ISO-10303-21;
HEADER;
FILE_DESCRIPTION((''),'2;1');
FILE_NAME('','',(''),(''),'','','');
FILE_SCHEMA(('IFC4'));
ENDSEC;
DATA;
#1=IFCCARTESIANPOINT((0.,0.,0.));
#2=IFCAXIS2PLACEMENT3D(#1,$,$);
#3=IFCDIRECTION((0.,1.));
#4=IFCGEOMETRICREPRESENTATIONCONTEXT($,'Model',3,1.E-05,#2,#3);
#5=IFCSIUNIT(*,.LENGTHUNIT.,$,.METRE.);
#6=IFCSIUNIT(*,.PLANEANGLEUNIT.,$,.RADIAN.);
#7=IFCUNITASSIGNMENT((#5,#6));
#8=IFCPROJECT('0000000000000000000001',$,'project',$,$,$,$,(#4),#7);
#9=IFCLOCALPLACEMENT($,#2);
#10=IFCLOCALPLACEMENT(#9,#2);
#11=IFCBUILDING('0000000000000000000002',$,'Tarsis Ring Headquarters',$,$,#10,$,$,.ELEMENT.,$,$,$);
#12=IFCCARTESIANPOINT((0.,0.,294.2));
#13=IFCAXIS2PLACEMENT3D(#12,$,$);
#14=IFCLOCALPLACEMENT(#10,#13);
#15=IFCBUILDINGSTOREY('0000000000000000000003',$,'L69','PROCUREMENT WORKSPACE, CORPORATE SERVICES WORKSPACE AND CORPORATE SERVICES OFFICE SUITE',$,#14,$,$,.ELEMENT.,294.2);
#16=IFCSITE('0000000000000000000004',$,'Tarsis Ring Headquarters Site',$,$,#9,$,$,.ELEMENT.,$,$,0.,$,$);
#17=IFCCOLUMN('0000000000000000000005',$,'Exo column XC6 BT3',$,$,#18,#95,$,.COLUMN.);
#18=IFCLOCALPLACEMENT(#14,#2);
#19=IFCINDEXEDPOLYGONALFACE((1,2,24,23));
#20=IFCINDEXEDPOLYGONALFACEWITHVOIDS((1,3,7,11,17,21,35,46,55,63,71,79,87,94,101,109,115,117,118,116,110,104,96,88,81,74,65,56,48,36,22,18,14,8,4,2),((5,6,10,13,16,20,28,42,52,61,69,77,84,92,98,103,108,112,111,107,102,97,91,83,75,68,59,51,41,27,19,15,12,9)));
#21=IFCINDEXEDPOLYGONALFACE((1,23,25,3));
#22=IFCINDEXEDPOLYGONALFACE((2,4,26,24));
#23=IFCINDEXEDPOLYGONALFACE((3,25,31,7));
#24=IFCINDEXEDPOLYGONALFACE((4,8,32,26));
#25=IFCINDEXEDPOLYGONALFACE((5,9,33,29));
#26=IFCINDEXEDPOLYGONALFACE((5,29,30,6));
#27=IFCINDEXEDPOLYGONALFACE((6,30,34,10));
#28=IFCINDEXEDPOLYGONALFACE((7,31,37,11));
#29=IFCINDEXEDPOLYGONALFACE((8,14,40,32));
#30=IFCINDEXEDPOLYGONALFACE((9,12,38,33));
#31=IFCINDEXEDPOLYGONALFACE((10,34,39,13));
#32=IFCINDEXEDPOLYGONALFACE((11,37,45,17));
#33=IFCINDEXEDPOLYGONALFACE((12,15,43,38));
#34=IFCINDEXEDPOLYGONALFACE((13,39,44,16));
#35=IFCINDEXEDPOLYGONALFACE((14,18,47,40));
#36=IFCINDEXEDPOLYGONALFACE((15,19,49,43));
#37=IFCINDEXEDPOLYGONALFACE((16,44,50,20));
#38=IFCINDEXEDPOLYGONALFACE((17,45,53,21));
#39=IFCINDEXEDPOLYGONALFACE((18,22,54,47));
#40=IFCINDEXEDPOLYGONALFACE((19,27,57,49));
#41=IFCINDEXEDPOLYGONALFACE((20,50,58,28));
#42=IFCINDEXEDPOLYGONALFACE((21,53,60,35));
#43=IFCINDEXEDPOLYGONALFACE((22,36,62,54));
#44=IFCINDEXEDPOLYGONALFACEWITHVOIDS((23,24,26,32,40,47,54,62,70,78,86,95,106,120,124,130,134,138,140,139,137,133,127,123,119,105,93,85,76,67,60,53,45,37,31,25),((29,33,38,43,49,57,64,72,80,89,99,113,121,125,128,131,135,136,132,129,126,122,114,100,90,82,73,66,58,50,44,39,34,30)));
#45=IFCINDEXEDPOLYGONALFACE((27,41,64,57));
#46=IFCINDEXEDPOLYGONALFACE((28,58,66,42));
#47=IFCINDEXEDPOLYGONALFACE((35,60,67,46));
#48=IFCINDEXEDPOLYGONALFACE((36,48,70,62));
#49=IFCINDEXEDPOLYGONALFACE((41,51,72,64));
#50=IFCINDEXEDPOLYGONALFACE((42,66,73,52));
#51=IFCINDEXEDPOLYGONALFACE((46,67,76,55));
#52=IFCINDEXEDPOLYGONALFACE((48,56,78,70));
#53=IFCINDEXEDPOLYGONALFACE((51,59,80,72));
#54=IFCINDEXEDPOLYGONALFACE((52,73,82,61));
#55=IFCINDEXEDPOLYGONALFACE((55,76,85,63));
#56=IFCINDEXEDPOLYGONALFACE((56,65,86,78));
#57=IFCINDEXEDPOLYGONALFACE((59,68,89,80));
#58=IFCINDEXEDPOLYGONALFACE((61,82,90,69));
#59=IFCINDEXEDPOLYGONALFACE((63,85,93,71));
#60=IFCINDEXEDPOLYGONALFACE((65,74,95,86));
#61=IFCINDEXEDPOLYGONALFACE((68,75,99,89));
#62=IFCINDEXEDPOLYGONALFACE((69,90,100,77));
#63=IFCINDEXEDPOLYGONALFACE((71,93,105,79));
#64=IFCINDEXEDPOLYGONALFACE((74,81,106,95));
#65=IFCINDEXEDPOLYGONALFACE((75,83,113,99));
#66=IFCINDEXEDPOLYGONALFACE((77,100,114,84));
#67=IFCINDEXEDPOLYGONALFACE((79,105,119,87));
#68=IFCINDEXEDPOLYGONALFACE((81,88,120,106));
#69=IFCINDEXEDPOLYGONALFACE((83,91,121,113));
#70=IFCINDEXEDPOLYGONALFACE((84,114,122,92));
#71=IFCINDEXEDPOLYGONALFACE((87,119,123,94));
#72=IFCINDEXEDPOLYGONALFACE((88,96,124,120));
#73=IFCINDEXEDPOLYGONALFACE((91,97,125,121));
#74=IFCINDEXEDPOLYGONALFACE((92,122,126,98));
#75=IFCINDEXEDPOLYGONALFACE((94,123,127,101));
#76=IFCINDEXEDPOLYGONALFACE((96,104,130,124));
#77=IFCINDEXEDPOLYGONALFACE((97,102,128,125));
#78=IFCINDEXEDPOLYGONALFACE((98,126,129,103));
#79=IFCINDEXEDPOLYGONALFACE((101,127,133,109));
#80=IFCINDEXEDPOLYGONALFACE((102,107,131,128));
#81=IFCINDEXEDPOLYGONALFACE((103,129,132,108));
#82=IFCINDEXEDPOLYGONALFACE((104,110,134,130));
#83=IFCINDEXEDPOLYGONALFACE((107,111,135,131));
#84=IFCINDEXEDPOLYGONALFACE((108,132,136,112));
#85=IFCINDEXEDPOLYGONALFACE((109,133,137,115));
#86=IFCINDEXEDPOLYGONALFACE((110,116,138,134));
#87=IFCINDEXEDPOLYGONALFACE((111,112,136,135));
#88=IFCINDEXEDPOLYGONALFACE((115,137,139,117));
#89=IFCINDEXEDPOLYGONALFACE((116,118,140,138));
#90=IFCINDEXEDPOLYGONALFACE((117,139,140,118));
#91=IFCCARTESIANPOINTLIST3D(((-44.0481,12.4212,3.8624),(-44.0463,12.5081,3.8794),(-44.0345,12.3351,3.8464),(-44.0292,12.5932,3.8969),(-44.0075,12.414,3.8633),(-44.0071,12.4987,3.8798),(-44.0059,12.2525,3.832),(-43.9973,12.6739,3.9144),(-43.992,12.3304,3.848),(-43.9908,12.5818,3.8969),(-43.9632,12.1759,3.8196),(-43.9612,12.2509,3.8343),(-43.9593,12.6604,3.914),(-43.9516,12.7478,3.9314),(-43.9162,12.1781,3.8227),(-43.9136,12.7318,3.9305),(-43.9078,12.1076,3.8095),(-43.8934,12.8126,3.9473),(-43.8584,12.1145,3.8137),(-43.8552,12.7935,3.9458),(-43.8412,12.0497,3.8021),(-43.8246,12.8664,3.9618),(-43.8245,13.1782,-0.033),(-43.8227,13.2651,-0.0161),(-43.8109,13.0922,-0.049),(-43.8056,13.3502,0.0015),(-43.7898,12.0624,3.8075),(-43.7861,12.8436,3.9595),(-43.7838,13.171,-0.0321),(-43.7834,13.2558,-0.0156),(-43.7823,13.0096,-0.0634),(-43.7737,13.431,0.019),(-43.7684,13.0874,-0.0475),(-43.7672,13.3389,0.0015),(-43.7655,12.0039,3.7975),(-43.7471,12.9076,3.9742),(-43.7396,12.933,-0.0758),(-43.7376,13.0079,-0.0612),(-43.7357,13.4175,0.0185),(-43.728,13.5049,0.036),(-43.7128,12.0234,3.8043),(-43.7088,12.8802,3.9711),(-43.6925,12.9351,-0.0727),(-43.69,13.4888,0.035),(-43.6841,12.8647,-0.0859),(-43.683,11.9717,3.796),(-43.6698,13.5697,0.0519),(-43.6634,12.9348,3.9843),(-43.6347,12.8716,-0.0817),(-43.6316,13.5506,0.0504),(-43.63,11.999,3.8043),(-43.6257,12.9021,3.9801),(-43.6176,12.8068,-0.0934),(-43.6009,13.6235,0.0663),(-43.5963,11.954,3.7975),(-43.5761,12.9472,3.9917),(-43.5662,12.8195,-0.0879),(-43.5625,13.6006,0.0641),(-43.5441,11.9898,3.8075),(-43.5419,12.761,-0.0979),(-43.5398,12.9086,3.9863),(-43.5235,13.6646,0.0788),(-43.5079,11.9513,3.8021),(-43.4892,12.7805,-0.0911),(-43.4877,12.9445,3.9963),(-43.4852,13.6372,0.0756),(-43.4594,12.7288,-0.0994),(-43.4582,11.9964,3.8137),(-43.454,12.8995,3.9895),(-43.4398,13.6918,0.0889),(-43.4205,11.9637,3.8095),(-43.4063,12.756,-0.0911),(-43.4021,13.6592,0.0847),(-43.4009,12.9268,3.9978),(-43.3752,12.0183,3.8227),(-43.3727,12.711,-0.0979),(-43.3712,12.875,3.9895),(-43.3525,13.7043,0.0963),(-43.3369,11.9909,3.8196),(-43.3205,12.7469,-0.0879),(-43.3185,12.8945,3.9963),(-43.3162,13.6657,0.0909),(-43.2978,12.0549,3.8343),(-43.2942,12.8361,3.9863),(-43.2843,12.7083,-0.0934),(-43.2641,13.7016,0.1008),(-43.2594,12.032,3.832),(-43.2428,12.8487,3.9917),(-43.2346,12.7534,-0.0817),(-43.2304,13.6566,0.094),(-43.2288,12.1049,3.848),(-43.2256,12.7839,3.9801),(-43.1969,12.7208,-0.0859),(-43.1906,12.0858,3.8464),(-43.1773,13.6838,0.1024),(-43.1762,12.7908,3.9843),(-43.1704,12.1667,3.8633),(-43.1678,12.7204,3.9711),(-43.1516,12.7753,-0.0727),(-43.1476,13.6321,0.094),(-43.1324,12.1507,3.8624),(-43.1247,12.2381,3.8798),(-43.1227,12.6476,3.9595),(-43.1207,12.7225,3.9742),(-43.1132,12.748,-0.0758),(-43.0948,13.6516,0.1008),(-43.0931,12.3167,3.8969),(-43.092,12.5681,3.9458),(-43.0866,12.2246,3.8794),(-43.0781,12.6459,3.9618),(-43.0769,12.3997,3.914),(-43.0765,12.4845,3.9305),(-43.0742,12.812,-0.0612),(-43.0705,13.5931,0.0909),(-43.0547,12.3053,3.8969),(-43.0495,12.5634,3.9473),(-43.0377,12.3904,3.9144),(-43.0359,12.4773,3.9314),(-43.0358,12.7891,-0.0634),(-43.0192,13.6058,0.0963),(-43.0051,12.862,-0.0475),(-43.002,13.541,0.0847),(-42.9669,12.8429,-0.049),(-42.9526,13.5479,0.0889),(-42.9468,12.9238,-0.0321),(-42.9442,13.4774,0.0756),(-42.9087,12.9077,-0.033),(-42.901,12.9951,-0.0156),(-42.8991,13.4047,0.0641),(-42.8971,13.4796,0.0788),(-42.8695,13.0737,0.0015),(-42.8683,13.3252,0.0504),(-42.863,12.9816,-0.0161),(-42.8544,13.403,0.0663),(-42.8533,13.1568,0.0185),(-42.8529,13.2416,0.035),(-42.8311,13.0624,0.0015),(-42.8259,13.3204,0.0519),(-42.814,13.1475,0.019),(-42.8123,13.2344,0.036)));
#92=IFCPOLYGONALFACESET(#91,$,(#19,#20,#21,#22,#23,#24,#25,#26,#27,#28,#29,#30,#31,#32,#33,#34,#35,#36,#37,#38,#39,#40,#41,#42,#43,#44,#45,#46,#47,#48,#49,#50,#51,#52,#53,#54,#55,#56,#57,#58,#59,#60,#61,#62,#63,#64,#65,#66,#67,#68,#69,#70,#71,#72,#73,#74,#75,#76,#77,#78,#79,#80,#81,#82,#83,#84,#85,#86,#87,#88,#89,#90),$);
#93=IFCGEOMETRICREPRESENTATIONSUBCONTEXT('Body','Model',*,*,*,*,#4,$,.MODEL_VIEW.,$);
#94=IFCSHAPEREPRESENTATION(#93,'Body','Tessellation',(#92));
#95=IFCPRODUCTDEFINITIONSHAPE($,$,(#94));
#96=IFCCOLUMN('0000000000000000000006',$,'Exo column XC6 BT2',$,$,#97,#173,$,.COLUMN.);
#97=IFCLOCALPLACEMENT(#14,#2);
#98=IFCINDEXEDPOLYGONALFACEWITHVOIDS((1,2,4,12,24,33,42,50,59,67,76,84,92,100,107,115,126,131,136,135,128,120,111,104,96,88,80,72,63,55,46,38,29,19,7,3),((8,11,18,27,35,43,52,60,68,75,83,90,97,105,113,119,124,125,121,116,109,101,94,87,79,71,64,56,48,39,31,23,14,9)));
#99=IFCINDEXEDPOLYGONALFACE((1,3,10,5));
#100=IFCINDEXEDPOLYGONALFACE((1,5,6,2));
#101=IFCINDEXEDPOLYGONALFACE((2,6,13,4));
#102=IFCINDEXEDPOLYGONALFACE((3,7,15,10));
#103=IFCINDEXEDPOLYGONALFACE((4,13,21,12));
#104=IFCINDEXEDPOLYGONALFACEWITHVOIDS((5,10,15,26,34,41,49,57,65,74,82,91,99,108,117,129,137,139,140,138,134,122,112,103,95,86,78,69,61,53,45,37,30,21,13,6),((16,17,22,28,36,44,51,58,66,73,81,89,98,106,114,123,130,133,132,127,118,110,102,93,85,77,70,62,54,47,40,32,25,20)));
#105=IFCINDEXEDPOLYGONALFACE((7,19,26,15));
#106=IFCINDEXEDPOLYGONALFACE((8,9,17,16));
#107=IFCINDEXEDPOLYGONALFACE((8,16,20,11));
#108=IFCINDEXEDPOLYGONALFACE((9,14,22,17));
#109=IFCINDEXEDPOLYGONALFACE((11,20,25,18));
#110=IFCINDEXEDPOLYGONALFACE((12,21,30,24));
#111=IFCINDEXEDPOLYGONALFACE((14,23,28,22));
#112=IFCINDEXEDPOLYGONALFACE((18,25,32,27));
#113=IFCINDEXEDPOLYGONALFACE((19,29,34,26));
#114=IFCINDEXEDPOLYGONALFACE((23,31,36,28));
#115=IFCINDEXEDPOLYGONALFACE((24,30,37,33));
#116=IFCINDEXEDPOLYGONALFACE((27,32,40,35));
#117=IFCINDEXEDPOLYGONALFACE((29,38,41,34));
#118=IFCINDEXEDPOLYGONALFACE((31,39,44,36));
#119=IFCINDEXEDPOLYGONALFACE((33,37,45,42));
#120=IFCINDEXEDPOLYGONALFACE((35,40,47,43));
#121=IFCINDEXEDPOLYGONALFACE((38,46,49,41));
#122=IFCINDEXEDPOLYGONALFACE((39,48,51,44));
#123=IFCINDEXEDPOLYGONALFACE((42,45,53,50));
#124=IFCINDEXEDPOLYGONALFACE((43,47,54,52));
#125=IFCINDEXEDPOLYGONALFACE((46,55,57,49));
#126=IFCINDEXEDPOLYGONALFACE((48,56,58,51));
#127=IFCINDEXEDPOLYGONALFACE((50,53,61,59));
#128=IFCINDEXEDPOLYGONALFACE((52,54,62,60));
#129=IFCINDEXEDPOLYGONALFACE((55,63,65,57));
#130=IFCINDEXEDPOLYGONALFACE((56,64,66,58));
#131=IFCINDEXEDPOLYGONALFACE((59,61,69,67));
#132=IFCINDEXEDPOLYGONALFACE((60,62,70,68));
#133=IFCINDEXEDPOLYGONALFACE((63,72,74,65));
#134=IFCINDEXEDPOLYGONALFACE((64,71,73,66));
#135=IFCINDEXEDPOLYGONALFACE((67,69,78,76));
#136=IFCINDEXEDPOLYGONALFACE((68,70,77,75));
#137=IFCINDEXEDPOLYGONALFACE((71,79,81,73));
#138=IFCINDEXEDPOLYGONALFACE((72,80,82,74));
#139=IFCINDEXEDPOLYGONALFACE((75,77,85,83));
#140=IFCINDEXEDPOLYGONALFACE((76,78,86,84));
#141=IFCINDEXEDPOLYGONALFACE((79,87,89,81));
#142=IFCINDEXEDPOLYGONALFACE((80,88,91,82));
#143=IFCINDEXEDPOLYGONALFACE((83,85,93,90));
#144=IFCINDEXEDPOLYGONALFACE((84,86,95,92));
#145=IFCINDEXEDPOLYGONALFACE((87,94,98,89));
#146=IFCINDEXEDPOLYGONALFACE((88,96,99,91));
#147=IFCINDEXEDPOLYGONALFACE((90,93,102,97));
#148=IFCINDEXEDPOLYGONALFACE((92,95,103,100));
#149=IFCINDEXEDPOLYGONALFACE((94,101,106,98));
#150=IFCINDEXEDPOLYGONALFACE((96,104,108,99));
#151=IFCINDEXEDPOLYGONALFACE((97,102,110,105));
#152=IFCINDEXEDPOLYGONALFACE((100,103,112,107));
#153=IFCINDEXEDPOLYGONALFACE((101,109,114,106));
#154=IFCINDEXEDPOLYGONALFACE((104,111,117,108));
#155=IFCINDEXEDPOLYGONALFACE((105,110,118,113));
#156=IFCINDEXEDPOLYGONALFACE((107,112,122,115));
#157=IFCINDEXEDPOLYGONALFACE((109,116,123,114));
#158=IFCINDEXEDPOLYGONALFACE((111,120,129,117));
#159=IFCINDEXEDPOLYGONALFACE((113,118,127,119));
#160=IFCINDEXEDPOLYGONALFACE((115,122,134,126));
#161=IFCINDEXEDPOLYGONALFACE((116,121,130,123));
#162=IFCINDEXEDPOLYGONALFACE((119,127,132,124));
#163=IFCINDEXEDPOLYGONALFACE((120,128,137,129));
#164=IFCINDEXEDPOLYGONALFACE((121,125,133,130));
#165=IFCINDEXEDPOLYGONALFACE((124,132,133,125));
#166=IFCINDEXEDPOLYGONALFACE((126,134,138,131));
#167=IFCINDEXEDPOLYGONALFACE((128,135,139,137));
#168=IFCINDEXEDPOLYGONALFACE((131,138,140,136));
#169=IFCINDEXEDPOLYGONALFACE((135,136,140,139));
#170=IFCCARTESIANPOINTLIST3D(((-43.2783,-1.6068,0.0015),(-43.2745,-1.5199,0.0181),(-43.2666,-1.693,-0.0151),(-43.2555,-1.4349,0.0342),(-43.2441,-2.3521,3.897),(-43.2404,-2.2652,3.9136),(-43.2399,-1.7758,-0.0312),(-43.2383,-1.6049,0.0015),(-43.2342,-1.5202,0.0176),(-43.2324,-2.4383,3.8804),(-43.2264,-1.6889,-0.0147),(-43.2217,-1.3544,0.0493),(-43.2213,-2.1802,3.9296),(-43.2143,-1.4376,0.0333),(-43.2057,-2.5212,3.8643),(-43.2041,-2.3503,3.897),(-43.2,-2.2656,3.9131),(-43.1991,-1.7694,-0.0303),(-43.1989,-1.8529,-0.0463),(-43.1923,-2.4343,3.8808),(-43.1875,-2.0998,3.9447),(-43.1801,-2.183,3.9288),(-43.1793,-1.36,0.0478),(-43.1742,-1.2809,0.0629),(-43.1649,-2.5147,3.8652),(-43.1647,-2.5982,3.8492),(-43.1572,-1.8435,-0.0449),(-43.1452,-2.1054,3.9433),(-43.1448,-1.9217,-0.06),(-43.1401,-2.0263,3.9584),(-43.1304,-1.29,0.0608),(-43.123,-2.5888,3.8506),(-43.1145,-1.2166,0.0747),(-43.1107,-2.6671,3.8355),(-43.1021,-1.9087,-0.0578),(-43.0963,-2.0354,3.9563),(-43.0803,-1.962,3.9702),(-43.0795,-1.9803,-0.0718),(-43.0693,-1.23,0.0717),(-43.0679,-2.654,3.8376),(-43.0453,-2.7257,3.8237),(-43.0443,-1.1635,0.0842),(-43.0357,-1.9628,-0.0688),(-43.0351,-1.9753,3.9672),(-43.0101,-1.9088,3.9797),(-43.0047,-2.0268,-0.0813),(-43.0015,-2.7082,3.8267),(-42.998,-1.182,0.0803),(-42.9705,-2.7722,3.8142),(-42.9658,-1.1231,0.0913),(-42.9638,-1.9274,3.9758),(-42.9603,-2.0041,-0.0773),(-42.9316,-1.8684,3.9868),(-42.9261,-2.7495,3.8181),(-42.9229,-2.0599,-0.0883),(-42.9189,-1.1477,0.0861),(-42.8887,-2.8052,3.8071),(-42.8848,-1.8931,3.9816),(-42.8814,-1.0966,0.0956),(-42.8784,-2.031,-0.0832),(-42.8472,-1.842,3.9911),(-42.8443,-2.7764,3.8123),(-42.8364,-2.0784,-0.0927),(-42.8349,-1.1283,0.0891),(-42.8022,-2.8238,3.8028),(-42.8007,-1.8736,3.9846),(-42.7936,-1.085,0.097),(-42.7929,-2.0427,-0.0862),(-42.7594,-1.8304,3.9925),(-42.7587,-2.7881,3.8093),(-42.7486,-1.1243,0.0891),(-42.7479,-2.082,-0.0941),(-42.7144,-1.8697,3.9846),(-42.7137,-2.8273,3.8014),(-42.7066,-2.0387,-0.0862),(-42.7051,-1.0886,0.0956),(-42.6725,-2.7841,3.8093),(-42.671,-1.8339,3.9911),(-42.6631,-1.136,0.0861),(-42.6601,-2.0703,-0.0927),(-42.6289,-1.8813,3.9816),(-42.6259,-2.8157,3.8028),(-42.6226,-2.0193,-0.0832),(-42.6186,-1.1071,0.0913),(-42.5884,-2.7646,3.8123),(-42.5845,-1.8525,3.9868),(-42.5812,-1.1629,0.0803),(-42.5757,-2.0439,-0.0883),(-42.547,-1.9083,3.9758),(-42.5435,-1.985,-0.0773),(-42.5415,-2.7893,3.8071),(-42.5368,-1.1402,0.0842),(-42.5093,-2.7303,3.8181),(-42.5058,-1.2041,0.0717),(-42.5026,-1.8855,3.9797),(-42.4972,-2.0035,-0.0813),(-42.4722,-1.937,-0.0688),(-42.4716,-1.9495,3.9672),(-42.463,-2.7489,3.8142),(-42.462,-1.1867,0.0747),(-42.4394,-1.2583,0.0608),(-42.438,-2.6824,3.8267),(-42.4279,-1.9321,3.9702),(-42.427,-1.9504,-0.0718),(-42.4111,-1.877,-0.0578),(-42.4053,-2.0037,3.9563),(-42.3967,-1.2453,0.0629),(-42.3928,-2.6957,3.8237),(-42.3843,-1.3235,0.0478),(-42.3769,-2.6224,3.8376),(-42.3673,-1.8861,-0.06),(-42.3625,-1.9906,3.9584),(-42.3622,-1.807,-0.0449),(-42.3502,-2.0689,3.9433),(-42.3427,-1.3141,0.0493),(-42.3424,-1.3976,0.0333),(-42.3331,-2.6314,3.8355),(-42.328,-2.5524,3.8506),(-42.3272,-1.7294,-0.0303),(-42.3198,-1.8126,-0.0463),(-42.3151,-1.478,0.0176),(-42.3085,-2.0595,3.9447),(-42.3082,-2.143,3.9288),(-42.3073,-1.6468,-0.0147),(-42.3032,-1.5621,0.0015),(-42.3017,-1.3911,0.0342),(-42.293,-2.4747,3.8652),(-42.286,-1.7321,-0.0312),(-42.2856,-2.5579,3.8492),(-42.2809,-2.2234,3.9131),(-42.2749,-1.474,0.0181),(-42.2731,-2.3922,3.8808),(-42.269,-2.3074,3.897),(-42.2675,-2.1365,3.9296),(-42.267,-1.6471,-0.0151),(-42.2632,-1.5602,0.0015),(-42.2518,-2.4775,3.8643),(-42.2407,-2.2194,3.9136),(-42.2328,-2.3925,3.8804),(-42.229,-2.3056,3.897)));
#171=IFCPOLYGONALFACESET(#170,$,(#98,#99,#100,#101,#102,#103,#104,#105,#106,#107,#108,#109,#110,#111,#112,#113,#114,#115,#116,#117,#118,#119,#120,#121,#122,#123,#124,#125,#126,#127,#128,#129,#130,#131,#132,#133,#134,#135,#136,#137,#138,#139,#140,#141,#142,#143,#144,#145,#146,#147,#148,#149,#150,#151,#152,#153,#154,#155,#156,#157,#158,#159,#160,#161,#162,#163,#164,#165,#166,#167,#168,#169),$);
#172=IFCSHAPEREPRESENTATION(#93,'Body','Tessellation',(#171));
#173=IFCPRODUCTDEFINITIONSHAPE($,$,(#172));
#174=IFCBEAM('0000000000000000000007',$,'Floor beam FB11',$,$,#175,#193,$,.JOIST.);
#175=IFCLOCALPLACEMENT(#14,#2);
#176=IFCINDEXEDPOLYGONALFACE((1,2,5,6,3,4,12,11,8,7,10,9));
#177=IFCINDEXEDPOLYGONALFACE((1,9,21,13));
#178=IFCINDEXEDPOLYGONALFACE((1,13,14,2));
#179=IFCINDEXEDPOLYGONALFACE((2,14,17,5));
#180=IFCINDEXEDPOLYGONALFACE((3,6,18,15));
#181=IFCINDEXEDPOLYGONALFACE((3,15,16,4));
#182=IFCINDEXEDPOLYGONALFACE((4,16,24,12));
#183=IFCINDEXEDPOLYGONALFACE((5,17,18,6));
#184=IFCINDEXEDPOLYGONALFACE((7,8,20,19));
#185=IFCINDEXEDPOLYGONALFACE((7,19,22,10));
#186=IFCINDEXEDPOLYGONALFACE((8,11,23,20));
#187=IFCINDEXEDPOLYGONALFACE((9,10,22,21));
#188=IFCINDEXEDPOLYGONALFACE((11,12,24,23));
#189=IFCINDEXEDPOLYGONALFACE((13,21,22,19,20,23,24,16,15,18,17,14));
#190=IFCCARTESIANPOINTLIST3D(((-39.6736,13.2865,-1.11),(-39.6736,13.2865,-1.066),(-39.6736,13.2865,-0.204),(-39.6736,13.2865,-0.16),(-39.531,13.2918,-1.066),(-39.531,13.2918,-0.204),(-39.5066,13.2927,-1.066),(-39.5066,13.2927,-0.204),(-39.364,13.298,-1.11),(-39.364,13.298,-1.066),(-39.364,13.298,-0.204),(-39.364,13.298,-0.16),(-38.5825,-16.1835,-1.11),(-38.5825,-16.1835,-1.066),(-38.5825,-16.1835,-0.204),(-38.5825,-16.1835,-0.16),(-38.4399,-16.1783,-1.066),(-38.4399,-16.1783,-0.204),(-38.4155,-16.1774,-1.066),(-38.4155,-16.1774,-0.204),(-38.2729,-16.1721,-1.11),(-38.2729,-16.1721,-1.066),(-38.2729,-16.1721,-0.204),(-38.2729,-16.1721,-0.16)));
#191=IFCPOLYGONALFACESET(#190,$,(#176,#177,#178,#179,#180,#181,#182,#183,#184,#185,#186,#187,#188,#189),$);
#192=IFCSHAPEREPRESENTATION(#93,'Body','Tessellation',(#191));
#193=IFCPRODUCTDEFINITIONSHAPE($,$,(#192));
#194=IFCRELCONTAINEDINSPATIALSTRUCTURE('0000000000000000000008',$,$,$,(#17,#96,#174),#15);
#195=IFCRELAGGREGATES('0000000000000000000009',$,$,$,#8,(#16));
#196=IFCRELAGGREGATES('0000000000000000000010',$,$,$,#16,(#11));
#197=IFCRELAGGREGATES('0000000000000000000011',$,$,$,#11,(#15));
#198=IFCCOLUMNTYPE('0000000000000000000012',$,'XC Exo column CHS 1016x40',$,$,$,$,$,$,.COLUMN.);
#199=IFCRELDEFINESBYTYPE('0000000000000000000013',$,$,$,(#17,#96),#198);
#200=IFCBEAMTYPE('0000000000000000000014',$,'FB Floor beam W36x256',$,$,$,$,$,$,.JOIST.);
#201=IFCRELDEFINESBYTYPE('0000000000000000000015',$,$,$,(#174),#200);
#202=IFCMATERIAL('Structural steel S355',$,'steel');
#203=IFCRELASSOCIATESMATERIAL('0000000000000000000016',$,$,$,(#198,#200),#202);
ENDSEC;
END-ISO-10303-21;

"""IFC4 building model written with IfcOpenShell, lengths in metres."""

from ifc_helpers import new_model, si_unit, direction, frame, origin, origin_2d, place, context, subcontext, project, spatial, hollow_circle, i_section, extrude, material, material_profile, profile_set, type_object, element, save


model = new_model("IFC4")

# Units and contexts
model_context = context("Model", 3, precision=1e-05, world=origin(), true_north=direction((0.0, 1.0)))
body_context = subcontext(model_context, "Body", "Model", "MODEL_VIEW")
ifc_project = project(units=[si_unit("LENGTHUNIT", "METRE"), si_unit("PLANEANGLEUNIT", "RADIAN")], contexts=[model_context])

# Site, building, storey
site_placement = place(None, origin())
site = spatial("IfcSite", under=ifc_project, at=site_placement, Name="Tarsis Ring Headquarters Site", CompositionType="ELEMENT", RefElevation=0.0)
building_placement = place(site_placement, origin())
building = spatial("IfcBuilding", under=site, at=building_placement, Name="Tarsis Ring Headquarters", CompositionType="ELEMENT")
storey_placement = place(building_placement, frame((0.0, 0.0, 294.2)))
storey = spatial("IfcBuildingStorey", under=building, at=storey_placement, Name="L69", Description="PROCUREMENT WORKSPACE, CORPORATE SERVICES WORKSPACE AND CORPORATE SERVICES OFFICE SUITE", CompositionType="ELEMENT", Elevation=294.2)

# Columns
ifc_material_1 = material(Name="Structural steel S355", Category="steel")
ifc_material_profile_1 = material_profile(ifc_material_1, hollow_circle(Radius=0.5081, WallThickness=0.04, at=origin_2d()), Name="CHS 1016x40")
ifc_profile_set_1 = profile_set([ifc_material_profile_1], Name="Structural steel S355")
column_type = type_object("IfcColumnType", Name="XC Exo column CHS 1016x40", PredefinedType="COLUMN", material=ifc_profile_set_1)
column_1_placement = place(storey_placement, frame((-43.3184, 13.2063, 0.0015), z_axis=(-0.056264, -0.190475, 0.980078), x_axis=(0.959035, -0.283288, 0.0)))
element("IfcColumn", 1, at=column_1_placement, inside=storey, type_object=column_type, Name="Exo column XC6 BT3", PredefinedType="COLUMN", context=body_context, shape_type="SweptSolid", body=[
    extrude(hollow_circle(Radius=0.5081, WallThickness=0.04, at=origin_2d()), origin(), (0.0, 0.0, 1.0), 3.9746),
])
column_2_placement = place(storey_placement, frame((-42.7708, -1.5835, 0.0015), z_axis=(0.008617, -0.187923, 0.982146), x_axis=(0.99895, 0.045808, 0.0)))
element("IfcColumn", 2, at=column_2_placement, inside=storey, type_object=column_type, Name="Exo column XC6 BT2", PredefinedType="COLUMN", context=body_context, shape_type="SweptSolid", body=[
    extrude(hollow_circle(Radius=0.5081, WallThickness=0.04, at=origin_2d()), origin(), (0.0, 0.0, 1.0), 3.9663),
])

# Beam
ifc_material_profile_2 = material_profile(ifc_material_1, i_section(OverallWidth=0.3098, OverallDepth=0.95, WebThickness=0.0244, FlangeThickness=0.0439, at=origin_2d()), Name="W36x256")
ifc_profile_set_2 = profile_set([ifc_material_profile_2], Name="Structural steel S355")
beam_type_1 = type_object("IfcBeamType", Name="FB Floor beam W36x256", PredefinedType="JOIST", material=ifc_profile_set_2)
beam_1_placement = place(storey_placement, frame((-39.5188, 13.2922, -0.635), z_axis=(0.036998, -0.999315, 0.0), x_axis=(0.999315, 0.036998, 0.0)))
element("IfcBeam", 3, at=beam_1_placement, inside=storey, type_object=beam_type_1, Name="Floor beam FB11", PredefinedType="JOIST", context=body_context, shape_type="SweptSolid", body=[
    extrude(i_section(OverallWidth=0.3098, OverallDepth=0.95, WebThickness=0.0244, FlangeThickness=0.0439, at=origin_2d()), origin(), (0.0, 0.0, 1.0), 29.4902),
])

save(model, "model.ifc")
